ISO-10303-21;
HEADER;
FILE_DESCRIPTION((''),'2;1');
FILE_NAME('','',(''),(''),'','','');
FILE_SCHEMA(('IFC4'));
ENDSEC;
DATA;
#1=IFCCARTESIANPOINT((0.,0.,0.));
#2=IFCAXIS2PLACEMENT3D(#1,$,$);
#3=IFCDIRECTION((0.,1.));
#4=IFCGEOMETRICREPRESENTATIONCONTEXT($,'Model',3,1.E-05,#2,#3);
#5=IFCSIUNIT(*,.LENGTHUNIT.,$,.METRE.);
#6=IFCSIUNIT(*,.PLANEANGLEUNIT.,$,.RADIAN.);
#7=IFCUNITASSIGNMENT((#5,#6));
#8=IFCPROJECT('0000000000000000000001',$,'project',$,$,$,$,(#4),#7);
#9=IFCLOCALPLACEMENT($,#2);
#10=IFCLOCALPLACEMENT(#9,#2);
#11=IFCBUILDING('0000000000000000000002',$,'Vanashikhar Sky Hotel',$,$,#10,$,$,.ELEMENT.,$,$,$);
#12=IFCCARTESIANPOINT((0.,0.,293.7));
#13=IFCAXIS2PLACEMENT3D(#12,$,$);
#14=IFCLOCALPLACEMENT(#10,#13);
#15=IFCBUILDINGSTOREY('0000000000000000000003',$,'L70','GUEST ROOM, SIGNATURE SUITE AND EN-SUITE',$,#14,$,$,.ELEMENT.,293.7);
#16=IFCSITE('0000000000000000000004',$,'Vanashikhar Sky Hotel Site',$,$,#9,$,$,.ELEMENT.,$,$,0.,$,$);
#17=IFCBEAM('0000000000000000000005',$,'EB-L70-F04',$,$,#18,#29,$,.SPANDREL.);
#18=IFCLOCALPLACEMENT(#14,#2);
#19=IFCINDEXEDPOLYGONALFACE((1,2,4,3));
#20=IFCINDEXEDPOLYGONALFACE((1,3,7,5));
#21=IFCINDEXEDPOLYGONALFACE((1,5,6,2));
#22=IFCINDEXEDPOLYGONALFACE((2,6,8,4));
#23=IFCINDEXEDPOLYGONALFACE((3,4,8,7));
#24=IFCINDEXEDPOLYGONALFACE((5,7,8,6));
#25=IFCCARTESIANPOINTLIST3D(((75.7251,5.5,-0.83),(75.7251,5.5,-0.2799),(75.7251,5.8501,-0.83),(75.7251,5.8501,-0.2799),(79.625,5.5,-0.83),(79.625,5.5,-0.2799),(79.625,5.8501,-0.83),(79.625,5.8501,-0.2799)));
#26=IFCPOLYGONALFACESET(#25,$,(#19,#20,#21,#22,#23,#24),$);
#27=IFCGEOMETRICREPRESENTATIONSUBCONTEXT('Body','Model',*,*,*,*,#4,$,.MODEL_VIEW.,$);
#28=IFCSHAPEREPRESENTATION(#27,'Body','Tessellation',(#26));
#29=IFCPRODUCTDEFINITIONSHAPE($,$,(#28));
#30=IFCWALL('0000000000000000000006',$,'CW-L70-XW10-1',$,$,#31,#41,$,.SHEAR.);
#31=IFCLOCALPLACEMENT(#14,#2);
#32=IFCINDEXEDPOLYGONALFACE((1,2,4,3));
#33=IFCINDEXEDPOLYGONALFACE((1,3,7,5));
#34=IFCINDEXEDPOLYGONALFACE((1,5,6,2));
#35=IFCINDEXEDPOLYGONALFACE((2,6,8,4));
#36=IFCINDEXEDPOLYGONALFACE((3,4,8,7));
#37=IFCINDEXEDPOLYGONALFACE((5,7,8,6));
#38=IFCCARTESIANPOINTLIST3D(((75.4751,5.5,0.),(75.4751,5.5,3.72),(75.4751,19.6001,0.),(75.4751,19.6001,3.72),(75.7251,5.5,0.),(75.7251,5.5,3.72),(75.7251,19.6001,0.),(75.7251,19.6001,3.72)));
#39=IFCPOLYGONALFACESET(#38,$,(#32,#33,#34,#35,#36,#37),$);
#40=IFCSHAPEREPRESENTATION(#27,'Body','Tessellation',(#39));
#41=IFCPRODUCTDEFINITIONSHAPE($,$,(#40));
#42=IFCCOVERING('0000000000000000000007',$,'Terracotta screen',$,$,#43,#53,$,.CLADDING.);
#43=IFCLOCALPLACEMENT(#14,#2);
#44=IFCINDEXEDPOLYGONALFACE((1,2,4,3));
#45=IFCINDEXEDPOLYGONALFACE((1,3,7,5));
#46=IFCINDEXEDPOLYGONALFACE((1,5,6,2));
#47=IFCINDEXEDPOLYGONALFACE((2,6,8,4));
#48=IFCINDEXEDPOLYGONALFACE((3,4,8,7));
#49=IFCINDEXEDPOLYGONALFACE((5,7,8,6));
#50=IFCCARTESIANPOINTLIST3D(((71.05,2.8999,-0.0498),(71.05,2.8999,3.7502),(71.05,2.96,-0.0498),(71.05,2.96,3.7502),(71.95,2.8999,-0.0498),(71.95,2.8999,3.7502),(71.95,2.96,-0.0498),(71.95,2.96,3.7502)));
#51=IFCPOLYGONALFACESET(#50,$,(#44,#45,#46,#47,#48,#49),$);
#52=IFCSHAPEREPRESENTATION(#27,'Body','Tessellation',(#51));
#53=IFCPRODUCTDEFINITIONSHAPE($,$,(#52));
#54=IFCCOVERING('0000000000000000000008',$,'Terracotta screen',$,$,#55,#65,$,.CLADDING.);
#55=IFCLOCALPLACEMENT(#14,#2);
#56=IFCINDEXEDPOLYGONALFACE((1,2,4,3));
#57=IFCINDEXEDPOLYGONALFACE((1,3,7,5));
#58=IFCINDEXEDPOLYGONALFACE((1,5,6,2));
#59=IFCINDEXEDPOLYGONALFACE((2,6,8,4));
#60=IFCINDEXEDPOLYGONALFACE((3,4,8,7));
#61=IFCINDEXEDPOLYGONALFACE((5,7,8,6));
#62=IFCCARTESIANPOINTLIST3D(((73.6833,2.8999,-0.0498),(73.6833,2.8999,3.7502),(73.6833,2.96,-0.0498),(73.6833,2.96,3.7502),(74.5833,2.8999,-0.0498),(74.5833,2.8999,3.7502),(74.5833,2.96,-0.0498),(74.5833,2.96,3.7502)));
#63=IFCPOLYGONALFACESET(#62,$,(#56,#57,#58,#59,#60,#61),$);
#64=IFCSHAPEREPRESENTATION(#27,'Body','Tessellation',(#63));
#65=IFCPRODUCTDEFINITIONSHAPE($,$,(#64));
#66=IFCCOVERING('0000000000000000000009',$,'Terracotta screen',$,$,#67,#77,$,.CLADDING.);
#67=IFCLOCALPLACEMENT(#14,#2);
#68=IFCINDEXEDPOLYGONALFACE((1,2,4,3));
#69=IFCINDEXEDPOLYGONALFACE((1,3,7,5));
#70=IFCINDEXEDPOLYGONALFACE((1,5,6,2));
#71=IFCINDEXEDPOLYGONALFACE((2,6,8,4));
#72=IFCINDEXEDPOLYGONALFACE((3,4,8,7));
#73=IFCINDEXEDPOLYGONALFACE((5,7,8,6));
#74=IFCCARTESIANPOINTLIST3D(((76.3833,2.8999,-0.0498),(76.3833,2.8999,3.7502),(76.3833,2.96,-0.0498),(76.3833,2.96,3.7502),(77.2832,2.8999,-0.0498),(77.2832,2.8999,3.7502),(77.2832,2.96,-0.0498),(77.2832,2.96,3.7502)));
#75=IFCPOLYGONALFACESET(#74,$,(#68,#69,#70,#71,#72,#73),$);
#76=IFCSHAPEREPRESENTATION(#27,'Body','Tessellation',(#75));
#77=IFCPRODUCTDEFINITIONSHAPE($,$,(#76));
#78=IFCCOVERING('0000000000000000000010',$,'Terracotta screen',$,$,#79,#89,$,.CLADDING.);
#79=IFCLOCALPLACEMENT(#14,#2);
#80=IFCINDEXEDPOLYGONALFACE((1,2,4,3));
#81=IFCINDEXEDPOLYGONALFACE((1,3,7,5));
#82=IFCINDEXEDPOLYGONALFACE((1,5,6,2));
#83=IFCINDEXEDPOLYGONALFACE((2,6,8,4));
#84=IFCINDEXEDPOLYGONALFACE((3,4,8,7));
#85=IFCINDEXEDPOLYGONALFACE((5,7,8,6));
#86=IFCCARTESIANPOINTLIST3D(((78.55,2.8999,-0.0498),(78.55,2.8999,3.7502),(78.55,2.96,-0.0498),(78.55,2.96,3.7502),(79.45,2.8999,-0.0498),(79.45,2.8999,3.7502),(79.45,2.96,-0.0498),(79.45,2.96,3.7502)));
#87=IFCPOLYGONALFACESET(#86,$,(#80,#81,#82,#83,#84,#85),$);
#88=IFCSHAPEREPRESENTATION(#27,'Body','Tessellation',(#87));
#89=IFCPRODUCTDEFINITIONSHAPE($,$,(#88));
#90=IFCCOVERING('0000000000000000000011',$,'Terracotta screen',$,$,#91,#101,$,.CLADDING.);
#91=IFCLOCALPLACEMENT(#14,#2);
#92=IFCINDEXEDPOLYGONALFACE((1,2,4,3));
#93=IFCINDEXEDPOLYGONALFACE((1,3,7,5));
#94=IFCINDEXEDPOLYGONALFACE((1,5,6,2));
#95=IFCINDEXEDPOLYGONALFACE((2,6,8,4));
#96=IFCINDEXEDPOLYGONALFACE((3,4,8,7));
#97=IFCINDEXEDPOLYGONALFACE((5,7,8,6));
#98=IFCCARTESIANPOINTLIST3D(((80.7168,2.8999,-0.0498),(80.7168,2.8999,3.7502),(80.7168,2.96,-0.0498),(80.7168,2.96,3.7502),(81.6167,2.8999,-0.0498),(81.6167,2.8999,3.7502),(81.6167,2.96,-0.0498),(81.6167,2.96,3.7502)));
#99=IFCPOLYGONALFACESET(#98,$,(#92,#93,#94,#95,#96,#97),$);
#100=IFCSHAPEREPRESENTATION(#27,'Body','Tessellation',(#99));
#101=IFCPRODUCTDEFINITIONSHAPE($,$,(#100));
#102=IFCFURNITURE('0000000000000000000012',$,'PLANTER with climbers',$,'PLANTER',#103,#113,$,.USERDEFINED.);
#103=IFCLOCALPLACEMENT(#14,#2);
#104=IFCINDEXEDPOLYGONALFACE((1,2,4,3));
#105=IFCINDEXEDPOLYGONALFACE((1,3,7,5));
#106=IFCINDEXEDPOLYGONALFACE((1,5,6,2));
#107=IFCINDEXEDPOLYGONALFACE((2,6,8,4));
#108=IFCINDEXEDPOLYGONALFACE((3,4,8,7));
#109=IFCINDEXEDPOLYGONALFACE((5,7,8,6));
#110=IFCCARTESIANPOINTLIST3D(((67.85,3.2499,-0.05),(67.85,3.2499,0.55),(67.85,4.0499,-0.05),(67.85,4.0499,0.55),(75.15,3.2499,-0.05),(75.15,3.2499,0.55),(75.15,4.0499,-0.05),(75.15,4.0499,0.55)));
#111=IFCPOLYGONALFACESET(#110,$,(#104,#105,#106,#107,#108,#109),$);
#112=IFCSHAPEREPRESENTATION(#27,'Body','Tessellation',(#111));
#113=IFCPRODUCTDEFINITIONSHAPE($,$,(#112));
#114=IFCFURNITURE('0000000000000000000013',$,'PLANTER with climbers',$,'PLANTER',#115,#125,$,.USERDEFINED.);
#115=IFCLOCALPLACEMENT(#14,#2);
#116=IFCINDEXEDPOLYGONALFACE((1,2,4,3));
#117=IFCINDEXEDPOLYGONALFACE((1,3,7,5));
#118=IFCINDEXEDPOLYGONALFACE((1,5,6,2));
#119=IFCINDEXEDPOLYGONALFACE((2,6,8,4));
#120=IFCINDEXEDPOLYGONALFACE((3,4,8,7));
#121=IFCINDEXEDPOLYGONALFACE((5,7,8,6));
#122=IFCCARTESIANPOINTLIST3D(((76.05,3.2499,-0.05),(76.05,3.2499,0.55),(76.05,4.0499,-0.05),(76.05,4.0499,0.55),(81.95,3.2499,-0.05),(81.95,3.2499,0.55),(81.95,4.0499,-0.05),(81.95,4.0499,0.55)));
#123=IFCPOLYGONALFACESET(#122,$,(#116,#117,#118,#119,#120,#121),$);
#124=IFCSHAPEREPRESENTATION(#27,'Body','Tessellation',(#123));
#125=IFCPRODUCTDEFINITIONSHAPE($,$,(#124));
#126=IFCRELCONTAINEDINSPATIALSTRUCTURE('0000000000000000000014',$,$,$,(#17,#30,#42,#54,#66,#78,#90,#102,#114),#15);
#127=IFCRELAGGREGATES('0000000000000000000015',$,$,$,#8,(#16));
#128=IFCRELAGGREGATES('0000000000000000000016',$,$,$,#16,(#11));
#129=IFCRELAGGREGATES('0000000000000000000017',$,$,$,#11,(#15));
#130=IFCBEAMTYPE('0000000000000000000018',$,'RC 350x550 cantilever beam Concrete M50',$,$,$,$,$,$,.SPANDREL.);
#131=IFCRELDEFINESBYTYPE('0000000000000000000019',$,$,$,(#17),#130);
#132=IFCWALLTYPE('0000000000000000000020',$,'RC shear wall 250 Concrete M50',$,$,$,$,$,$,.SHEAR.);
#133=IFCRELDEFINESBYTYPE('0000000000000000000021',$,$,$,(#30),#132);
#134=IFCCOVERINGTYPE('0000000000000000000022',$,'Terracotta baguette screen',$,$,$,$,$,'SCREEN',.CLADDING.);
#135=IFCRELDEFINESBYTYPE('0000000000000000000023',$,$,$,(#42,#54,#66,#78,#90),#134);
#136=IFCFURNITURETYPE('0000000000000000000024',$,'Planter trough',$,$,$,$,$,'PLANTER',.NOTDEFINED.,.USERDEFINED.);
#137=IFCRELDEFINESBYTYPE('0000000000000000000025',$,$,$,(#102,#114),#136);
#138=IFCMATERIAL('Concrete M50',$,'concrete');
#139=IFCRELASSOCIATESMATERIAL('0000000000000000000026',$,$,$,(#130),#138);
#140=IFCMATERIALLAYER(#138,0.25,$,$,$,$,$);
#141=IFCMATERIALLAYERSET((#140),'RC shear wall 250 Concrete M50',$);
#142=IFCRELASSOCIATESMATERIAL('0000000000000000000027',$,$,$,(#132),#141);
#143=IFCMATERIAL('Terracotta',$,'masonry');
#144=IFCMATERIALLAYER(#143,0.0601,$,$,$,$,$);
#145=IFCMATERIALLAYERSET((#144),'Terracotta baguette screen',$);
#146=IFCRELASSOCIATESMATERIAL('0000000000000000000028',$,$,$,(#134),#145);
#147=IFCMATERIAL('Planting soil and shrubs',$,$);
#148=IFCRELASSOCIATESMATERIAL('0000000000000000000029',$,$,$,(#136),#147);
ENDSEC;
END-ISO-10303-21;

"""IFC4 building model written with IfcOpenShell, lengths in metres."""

from ifc_helpers import new_model, si_unit, direction, frame, frame_2d, origin, origin_2d, place, context, subcontext, project, spatial, rectangle, extrude, source, transform, mapped, material, layer, layer_set, material_profile, profile_set, type_object, element, save


model = new_model("IFC4")

# Units and contexts
model_context = context("Model", 3, precision=1e-05, world=origin(), true_north=direction((0.0, 1.0)))
body_context = subcontext(model_context, "Body", "Model", "MODEL_VIEW")
ifc_project = project(units=[si_unit("LENGTHUNIT", "METRE"), si_unit("PLANEANGLEUNIT", "RADIAN")], contexts=[model_context])

# Site, building, storey
site_placement = place(None, origin())
site = spatial("IfcSite", under=ifc_project, at=site_placement, Name="Vanashikhar Sky Hotel Site", CompositionType="ELEMENT", RefElevation=0.0)
building_placement = place(site_placement, origin())
building = spatial("IfcBuilding", under=site, at=building_placement, Name="Vanashikhar Sky Hotel", CompositionType="ELEMENT")
storey_placement = place(building_placement, frame((0.0, 0.0, 293.7)))
storey = spatial("IfcBuildingStorey", under=building, at=storey_placement, Name="L70", Description="GUEST ROOM, SIGNATURE SUITE AND EN-SUITE", CompositionType="ELEMENT", Elevation=293.7)

# Beam
ifc_material_1 = material(Name="Concrete M50", Category="concrete")
ifc_material_profile = material_profile(ifc_material_1, rectangle(XDim=0.3501, YDim=0.55, at=origin_2d()))
ifc_profile_set = profile_set([ifc_material_profile], Name="RC 350x550 cantilever beam Concrete M50")
beam_type = type_object("IfcBeamType", Name="RC 350x550 cantilever beam Concrete M50", PredefinedType="SPANDREL", material=ifc_profile_set)
shared_shape_1 = source(origin(), body_context, "Body", "SweptSolid", [
    extrude(rectangle(XDim=0.3501, YDim=0.55, at=origin_2d()), origin(), (0.0, 0.0, 1.0), 3.8999),
])
beam_placement = place(storey_placement, frame((75.7251, 5.675, -0.5549), z_axis=(1.0, 0.0, 0.0), x_axis=(0.0, 1.0, 0.0)))
element("IfcBeam", 1, at=beam_placement, inside=storey, type_object=beam_type, Name="EB-L70-F04", PredefinedType="SPANDREL", context=body_context, shape_type="MappedRepresentation", body=[
    mapped(shared_shape_1, transform((0.0, 0.0, 0.0), scale=1.0)),
])

# Wall
ifc_layer_1 = layer(ifc_material_1, 0.25)
ifc_layer_set_1 = layer_set([ifc_layer_1], Name="RC shear wall 250 Concrete M50")
wall_type = type_object("IfcWallType", Name="RC shear wall 250 Concrete M50", PredefinedType="SHEAR", material=ifc_layer_set_1)
shared_shape_2 = source(origin(), body_context, "Body", "SweptSolid", [
    extrude(rectangle(XDim=14.1001, YDim=0.25, at=frame_2d((7.05, 0.0))), origin(), (0.0, 0.0, 1.0), 3.72),
])
wall_placement = place(storey_placement, frame((75.6001, 5.5, 0.0), z_axis=(0.0, 0.0, 1.0), x_axis=(0.0, 1.0, 0.0)))
element("IfcWall", 2, at=wall_placement, inside=storey, type_object=wall_type, Name="CW-L70-XW10-1", PredefinedType="SHEAR", context=body_context, shape_type="MappedRepresentation", body=[
    mapped(shared_shape_2, transform((0.0, 0.0, 0.0), scale=1.0)),
])

# Coverings
ifc_material_2 = material(Name="Terracotta", Category="masonry")
ifc_layer_2 = layer(ifc_material_2, 0.0601)
ifc_layer_set_2 = layer_set([ifc_layer_2], Name="Terracotta baguette screen")
covering_type = type_object("IfcCoveringType", Name="Terracotta baguette screen", ElementType="SCREEN", PredefinedType="CLADDING", material=ifc_layer_set_2)
shared_shape_3 = source(origin(), body_context, "Body", "SweptSolid", [
    extrude(rectangle(XDim=0.8999, YDim=0.0601, at=origin_2d()), origin(), (0.0, 0.0, 1.0), 3.8),
])
for number, where, z_axis, x_axis, name in (
    (3, (71.5, 2.9299, -0.0498), (0.0, 0.0, 1.0), (1.0, 0.0, 0.0), "Terracotta screen"),
    (4, (74.1333, 2.9299, -0.0498), (0.0, 0.0, 1.0), (1.0, 0.0, 0.0), "Terracotta screen"),
    (5, (76.8333, 2.9299, -0.0498), (0.0, 0.0, 1.0), (1.0, 0.0, 0.0), "Terracotta screen"),
    (6, (79.0, 2.9299, -0.0498), (0.0, 0.0, 1.0), (1.0, 0.0, 0.0), "Terracotta screen"),
    (7, (81.1667, 2.9299, -0.0498), (0.0, 0.0, 1.0), (1.0, 0.0, 0.0), "Terracotta screen"),
):
    element("IfcCovering", number, at=place(storey_placement, frame(where, z_axis=z_axis, x_axis=x_axis)), inside=storey, type_object=covering_type, Name=name, PredefinedType="CLADDING", context=body_context, shape_type="MappedRepresentation", body=[
        mapped(shared_shape_3, transform((0.0, 0.0, 0.0), scale=1.0)),
    ])

# Furniture
ifc_material_3 = material(Name="Planting soil and shrubs")
furniture_type = type_object("IfcFurnitureType", Name="Planter trough", ElementType="PLANTER", AssemblyPlace="NOTDEFINED", PredefinedType="USERDEFINED", material=ifc_material_3)
shared_shape_4 = source(origin(), body_context, "Body", "SweptSolid", [
    extrude(rectangle(XDim=7.3, YDim=0.8, at=origin_2d()), origin(), (0.0, 0.0, 1.0), 0.6001),
])
furniture_1_placement = place(storey_placement, frame((71.5, 3.6499, -0.05), z_axis=(0.0, 0.0, 1.0), x_axis=(1.0, 0.0, 0.0)))
element("IfcFurniture", 8, at=furniture_1_placement, inside=storey, type_object=furniture_type, Name="PLANTER with climbers", ObjectType="PLANTER", PredefinedType="USERDEFINED", context=body_context, shape_type="MappedRepresentation", body=[
    mapped(shared_shape_4, transform((0.0, 0.0, 0.0), scale=1.0)),
])
shared_shape_5 = source(origin(), body_context, "Body", "SweptSolid", [
    extrude(rectangle(XDim=5.8999, YDim=0.8, at=origin_2d()), origin(), (0.0, 0.0, 1.0), 0.6001),
])
furniture_2_placement = place(storey_placement, frame((79.0, 3.6499, -0.05), z_axis=(0.0, 0.0, 1.0), x_axis=(1.0, 0.0, 0.0)))
element("IfcFurniture", 9, at=furniture_2_placement, inside=storey, type_object=furniture_type, Name="PLANTER with climbers", ObjectType="PLANTER", PredefinedType="USERDEFINED", context=body_context, shape_type="MappedRepresentation", body=[
    mapped(shared_shape_5, transform((0.0, 0.0, 0.0), scale=1.0)),
])

save(model, "model.ifc")
